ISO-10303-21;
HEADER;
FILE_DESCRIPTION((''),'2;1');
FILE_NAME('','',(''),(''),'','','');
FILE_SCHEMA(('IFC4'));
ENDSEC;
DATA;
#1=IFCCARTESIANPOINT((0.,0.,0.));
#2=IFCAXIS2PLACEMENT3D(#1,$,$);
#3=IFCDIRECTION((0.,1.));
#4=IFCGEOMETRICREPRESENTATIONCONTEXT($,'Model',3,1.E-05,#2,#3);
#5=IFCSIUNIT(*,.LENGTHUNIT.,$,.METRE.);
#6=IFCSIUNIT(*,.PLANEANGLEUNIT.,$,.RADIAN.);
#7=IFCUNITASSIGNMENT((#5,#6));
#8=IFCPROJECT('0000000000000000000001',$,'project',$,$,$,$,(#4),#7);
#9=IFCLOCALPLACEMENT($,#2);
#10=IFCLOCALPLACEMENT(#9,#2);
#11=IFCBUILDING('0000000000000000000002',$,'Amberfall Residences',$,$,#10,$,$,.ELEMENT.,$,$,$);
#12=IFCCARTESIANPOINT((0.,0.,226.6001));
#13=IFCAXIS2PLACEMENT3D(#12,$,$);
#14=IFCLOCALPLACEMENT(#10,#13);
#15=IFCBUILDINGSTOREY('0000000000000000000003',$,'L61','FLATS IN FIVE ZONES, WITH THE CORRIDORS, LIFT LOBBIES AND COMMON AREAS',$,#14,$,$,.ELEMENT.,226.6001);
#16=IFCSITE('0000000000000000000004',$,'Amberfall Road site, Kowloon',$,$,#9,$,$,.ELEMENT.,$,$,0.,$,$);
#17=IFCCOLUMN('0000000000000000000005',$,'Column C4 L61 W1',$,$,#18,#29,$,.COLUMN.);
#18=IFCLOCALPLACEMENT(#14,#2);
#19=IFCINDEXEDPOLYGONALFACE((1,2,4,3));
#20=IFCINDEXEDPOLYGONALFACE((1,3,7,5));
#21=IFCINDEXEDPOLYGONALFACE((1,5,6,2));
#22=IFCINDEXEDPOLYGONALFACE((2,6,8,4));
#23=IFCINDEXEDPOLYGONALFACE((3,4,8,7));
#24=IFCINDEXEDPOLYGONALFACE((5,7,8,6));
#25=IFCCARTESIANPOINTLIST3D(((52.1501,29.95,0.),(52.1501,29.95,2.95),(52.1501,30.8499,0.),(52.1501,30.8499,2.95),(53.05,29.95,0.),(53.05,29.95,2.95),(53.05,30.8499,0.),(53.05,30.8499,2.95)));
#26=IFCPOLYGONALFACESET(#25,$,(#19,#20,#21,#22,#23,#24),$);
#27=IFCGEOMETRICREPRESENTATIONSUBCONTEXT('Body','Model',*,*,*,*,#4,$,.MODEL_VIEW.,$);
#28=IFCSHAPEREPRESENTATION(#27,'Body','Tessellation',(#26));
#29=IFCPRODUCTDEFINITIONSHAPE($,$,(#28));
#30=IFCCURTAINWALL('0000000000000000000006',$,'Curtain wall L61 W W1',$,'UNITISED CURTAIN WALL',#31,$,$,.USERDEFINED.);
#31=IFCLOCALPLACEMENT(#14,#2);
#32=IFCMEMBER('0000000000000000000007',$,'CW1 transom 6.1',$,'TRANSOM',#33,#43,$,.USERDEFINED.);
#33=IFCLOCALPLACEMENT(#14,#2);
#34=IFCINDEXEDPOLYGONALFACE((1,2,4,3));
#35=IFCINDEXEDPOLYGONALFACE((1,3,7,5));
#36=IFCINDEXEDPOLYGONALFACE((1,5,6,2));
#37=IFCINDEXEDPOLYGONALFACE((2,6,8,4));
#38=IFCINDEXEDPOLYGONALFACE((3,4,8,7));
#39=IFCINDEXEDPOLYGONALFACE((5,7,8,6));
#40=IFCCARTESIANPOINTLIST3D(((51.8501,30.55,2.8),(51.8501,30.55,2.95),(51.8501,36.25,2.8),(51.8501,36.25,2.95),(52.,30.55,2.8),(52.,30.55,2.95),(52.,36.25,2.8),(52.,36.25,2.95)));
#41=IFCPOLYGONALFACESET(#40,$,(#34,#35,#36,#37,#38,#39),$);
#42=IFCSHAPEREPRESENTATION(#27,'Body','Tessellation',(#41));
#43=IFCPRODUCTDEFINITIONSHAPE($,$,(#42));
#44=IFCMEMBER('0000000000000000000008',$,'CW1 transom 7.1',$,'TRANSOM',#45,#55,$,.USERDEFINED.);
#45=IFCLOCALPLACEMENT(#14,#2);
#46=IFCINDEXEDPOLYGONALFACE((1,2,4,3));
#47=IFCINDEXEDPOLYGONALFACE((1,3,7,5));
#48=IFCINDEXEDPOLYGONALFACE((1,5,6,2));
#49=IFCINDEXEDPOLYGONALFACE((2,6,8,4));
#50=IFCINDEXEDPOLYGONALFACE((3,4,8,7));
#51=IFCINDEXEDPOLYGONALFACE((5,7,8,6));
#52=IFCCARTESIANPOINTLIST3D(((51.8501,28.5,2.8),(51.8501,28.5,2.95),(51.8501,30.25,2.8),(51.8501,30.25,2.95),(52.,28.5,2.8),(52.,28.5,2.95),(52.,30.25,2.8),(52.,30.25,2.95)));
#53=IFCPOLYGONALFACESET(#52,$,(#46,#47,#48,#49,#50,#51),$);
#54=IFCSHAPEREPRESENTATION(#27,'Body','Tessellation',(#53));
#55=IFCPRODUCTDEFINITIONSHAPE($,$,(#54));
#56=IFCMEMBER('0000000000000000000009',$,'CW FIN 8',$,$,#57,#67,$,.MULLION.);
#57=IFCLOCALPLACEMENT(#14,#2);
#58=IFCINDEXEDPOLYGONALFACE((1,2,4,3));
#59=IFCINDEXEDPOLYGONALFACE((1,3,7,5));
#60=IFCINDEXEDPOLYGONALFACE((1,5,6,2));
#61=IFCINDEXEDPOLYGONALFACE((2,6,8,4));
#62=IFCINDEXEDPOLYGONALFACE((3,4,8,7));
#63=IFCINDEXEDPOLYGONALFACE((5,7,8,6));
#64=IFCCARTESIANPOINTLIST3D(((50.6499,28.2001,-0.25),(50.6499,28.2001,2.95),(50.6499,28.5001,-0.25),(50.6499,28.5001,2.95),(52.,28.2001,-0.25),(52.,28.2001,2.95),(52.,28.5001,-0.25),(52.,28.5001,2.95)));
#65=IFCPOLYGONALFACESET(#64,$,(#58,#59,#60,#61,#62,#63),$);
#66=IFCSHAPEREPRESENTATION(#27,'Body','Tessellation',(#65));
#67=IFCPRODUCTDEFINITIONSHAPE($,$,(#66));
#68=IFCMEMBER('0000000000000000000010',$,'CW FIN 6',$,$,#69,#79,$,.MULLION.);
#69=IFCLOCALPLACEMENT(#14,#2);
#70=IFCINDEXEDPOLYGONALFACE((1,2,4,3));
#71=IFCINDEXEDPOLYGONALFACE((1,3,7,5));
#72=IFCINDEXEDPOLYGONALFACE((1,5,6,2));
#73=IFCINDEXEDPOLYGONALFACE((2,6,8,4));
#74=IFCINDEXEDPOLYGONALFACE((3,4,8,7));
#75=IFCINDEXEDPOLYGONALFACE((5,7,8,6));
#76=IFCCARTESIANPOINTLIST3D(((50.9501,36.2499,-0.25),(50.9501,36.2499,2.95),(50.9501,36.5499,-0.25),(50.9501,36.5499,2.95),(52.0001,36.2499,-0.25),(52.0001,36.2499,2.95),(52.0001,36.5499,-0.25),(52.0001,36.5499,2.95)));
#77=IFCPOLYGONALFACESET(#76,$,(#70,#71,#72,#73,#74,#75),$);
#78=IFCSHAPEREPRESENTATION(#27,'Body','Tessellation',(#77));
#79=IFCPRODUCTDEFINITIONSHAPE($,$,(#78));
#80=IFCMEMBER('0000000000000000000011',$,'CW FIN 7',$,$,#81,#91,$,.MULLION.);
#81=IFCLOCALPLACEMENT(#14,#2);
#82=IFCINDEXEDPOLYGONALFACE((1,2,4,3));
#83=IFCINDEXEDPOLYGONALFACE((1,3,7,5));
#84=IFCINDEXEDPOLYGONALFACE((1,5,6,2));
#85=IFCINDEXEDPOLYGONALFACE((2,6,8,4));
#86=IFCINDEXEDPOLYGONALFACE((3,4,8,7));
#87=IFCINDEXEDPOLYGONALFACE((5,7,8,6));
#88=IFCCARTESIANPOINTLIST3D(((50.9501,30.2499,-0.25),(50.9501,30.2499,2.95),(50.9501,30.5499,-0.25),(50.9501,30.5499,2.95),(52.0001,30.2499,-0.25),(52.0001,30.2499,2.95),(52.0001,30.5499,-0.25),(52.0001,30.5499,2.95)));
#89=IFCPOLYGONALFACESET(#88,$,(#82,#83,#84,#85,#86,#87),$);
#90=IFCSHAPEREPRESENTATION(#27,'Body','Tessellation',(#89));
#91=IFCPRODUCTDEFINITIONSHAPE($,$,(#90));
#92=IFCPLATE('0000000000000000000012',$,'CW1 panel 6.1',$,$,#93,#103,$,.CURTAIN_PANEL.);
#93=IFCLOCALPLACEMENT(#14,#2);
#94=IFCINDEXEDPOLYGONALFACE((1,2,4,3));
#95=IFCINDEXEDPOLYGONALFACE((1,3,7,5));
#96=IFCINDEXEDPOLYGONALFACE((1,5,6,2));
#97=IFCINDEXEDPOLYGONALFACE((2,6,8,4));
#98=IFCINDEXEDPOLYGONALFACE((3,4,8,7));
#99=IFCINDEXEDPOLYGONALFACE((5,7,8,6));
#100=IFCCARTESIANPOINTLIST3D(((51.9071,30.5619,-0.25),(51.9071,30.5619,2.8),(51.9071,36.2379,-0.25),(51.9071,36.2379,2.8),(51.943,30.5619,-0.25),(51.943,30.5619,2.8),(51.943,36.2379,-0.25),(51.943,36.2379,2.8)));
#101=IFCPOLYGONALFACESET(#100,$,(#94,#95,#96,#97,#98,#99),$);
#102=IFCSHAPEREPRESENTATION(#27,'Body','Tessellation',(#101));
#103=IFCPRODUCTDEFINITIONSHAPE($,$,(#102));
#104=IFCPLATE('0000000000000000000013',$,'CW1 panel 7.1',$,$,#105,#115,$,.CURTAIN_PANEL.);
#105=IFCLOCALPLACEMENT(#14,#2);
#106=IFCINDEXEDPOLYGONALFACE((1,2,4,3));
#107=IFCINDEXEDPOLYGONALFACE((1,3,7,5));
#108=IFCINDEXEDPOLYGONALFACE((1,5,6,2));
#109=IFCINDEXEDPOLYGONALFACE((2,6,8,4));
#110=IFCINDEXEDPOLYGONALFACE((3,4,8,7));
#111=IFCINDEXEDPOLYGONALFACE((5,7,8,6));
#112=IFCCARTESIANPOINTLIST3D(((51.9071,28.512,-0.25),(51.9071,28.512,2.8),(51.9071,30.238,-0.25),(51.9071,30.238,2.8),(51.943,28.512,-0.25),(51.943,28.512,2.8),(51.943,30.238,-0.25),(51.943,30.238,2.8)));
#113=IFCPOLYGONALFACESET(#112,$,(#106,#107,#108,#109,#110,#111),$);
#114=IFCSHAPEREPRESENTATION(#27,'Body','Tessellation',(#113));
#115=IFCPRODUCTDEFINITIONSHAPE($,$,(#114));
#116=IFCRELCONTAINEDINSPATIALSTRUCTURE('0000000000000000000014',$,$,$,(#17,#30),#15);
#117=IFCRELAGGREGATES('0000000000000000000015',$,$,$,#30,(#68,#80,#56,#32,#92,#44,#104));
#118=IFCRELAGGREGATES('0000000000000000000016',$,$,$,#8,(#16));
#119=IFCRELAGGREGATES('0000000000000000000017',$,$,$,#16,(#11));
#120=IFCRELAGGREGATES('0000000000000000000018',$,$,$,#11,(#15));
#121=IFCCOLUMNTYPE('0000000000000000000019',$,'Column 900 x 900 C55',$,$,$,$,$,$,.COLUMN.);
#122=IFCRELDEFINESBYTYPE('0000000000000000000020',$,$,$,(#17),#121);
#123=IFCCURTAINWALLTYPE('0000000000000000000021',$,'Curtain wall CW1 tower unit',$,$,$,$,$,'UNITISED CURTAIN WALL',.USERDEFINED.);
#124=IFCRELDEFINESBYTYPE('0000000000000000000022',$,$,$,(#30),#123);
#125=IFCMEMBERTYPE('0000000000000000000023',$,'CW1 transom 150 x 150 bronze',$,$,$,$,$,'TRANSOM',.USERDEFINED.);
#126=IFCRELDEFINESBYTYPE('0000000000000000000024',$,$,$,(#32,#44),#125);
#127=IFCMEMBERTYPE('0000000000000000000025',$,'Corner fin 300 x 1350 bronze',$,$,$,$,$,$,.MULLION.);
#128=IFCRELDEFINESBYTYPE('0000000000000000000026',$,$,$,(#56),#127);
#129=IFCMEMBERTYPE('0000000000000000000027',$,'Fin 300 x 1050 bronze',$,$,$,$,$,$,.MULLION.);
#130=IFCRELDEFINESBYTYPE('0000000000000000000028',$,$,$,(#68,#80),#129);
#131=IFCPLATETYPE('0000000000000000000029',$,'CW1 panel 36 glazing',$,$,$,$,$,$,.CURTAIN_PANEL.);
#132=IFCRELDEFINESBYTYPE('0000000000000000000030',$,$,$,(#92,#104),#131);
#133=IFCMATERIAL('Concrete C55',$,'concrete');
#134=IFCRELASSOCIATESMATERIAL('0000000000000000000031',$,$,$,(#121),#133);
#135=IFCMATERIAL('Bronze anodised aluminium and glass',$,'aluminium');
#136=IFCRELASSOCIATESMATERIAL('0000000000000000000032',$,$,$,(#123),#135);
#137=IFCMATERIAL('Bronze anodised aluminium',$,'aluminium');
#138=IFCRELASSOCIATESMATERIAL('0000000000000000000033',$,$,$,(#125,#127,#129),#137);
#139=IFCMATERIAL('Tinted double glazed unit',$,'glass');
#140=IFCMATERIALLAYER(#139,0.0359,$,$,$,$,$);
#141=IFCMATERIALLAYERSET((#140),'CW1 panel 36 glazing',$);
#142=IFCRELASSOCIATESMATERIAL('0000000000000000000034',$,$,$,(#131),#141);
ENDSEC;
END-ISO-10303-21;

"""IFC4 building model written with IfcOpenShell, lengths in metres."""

from ifc_helpers import new_model, si_unit, direction, frame, origin, origin_2d, place, context, subcontext, project, spatial, rectangle, extrude, material, layer, layer_set, material_profile, profile_set, type_object, element, aggregate, save


model = new_model("IFC4")

# Units and contexts
model_context = context("Model", 3, precision=1e-05, world=origin(), true_north=direction((0.0, 1.0)))
body_context = subcontext(model_context, "Body", "Model", "MODEL_VIEW")
ifc_project = project(units=[si_unit("LENGTHUNIT", "METRE"), si_unit("PLANEANGLEUNIT", "RADIAN")], contexts=[model_context])

# Site, building, storey
site_placement = place(None, origin())
site = spatial("IfcSite", under=ifc_project, at=site_placement, Name="Amberfall Road site, Kowloon", CompositionType="ELEMENT", RefElevation=0.0)
building_placement = place(site_placement, origin())
building = spatial("IfcBuilding", under=site, at=building_placement, Name="Amberfall Residences", CompositionType="ELEMENT")
storey_placement = place(building_placement, frame((0.0, 0.0, 226.6001)))
storey = spatial("IfcBuildingStorey", under=building, at=storey_placement, Name="L61", Description="FLATS IN FIVE ZONES, WITH THE CORRIDORS, LIFT LOBBIES AND COMMON AREAS", CompositionType="ELEMENT", Elevation=226.6001)

# Column
ifc_material_1 = material(Name="Concrete C55", Category="concrete")
ifc_material_profile_1 = material_profile(ifc_material_1, rectangle(XDim=0.8999, YDim=0.8999, at=origin_2d()), Name="Column 900 x 900 C55")
ifc_profile_set_1 = profile_set([ifc_material_profile_1], Name="Concrete C55")
column_type = type_object("IfcColumnType", Name="Column 900 x 900 C55", PredefinedType="COLUMN", material=ifc_profile_set_1)
column_placement = place(storey_placement, frame((52.6001, 30.3999, 0.0), z_axis=(0.0, 0.0, 1.0), x_axis=(1.0, 0.0, 0.0)))
element("IfcColumn", 1, at=column_placement, inside=storey, type_object=column_type, Name="Column C4 L61 W1", PredefinedType="COLUMN", context=body_context, shape_type="SweptSolid", body=[
    extrude(rectangle(XDim=0.8999, YDim=0.8999, at=origin_2d()), origin(), (0.0, 0.0, 1.0), 2.95),
])

# Curtain wall, members, plates
ifc_material_2 = material(Name="Bronze anodised aluminium and glass", Category="aluminium")
curtain_wall_type = type_object("IfcCurtainWallType", Name="Curtain wall CW1 tower unit", ElementType="UNITISED CURTAIN WALL", PredefinedType="USERDEFINED", material=ifc_material_2)
curtain_wall_placement = place(storey_placement, origin())
curtain_wall = element("IfcCurtainWall", 2, at=curtain_wall_placement, inside=storey, type_object=curtain_wall_type, Name="Curtain wall L61 W W1", ObjectType="UNITISED CURTAIN WALL", PredefinedType="USERDEFINED")
ifc_material_3 = material(Name="Bronze anodised aluminium", Category="aluminium")
ifc_material_profile_2 = material_profile(ifc_material_3, rectangle(XDim=0.1499, YDim=0.1499, at=origin_2d()), Name="CW1 transom 150 x 150 bronze")
ifc_profile_set_2 = profile_set([ifc_material_profile_2], Name="Bronze anodised aluminium")
member_type_1 = type_object("IfcMemberType", Name="CW1 transom 150 x 150 bronze", ElementType="TRANSOM", PredefinedType="USERDEFINED", material=ifc_profile_set_2)
member_1_placement = place(storey_placement, frame((51.925, 36.25, 2.875), z_axis=(0.0, -1.0, 0.0), x_axis=(1.0, 0.0, 0.0)))
member_1 = element("IfcMember", 3, at=member_1_placement, type_object=member_type_1, Name="CW1 transom 6.1", ObjectType="TRANSOM", PredefinedType="USERDEFINED", context=body_context, shape_type="SweptSolid", body=[
    extrude(rectangle(XDim=0.1499, YDim=0.1499, at=origin_2d()), origin(), (0.0, 0.0, 1.0), 5.7),
])
member_2_placement = place(storey_placement, frame((51.925, 30.25, 2.875), z_axis=(0.0, -1.0, 0.0), x_axis=(1.0, 0.0, 0.0)))
member_2 = element("IfcMember", 4, at=member_2_placement, type_object=member_type_1, Name="CW1 transom 7.1", ObjectType="TRANSOM", PredefinedType="USERDEFINED", context=body_context, shape_type="SweptSolid", body=[
    extrude(rectangle(XDim=0.1499, YDim=0.1499, at=origin_2d()), origin(), (0.0, 0.0, 1.0), 1.75),
])
ifc_material_profile_3 = material_profile(ifc_material_3, rectangle(XDim=1.3501, YDim=0.3, at=origin_2d()), Name="Corner fin 300 x 1350 bronze")
ifc_profile_set_3 = profile_set([ifc_material_profile_3], Name="Bronze anodised aluminium")
member_type_2 = type_object("IfcMemberType", Name="Corner fin 300 x 1350 bronze", PredefinedType="MULLION", material=ifc_profile_set_3)
member_3_placement = place(storey_placement, frame((51.325, 28.3501, -0.25), z_axis=(0.0, 0.0, 1.0), x_axis=(1.0, 0.0, 0.0)))
member_3 = element("IfcMember", 5, at=member_3_placement, type_object=member_type_2, Name="CW FIN 8", PredefinedType="MULLION", context=body_context, shape_type="SweptSolid", body=[
    extrude(rectangle(XDim=1.3501, YDim=0.3, at=origin_2d()), origin(), (0.0, 0.0, 1.0), 3.2),
])
ifc_material_profile_4 = material_profile(ifc_material_3, rectangle(XDim=1.05, YDim=0.3, at=origin_2d()), Name="Fin 300 x 1050 bronze")
ifc_profile_set_4 = profile_set([ifc_material_profile_4], Name="Bronze anodised aluminium")
member_type_3 = type_object("IfcMemberType", Name="Fin 300 x 1050 bronze", PredefinedType="MULLION", material=ifc_profile_set_4)
member_4_placement = place(storey_placement, frame((51.4751, 36.3999, -0.25), z_axis=(0.0, 0.0, 1.0), x_axis=(1.0, 0.0, 0.0)))
member_4 = element("IfcMember", 6, at=member_4_placement, type_object=member_type_3, Name="CW FIN 6", PredefinedType="MULLION", context=body_context, shape_type="SweptSolid", body=[
    extrude(rectangle(XDim=1.05, YDim=0.3, at=origin_2d()), origin(), (0.0, 0.0, 1.0), 3.2),
])
member_5_placement = place(storey_placement, frame((51.4751, 30.3999, -0.25), z_axis=(0.0, 0.0, 1.0), x_axis=(1.0, 0.0, 0.0)))
member_5 = element("IfcMember", 7, at=member_5_placement, type_object=member_type_3, Name="CW FIN 7", PredefinedType="MULLION", context=body_context, shape_type="SweptSolid", body=[
    extrude(rectangle(XDim=1.05, YDim=0.3, at=origin_2d()), origin(), (0.0, 0.0, 1.0), 3.2),
])
ifc_material_4 = material(Name="Tinted double glazed unit", Category="glass")
ifc_layer_1 = layer(ifc_material_4, 0.0359)
ifc_layer_set_1 = layer_set([ifc_layer_1], Name="CW1 panel 36 glazing")
plate_type = type_object("IfcPlateType", Name="CW1 panel 36 glazing", PredefinedType="CURTAIN_PANEL", material=ifc_layer_set_1)
plate_1_placement = place(storey_placement, frame((51.925, 33.3999, -0.25), z_axis=(0.0, 0.0, 1.0), x_axis=(0.0, -1.0, 0.0)))
plate_1 = element("IfcPlate", 8, at=plate_1_placement, type_object=plate_type, Name="CW1 panel 6.1", PredefinedType="CURTAIN_PANEL", context=body_context, shape_type="SweptSolid", body=[
    extrude(rectangle(XDim=5.676, YDim=0.0359, at=origin_2d()), origin(), (0.0, 0.0, 1.0), 3.05),
])
plate_2_placement = place(storey_placement, frame((51.925, 29.375, -0.25), z_axis=(0.0, 0.0, 1.0), x_axis=(0.0, -1.0, 0.0)))
plate_2 = element("IfcPlate", 9, at=plate_2_placement, type_object=plate_type, Name="CW1 panel 7.1", PredefinedType="CURTAIN_PANEL", context=body_context, shape_type="SweptSolid", body=[
    extrude(rectangle(XDim=1.7261, YDim=0.0359, at=origin_2d()), origin(), (0.0, 0.0, 1.0), 3.05),
])
aggregate(curtain_wall, [member_4, member_5, member_3, member_1, plate_1, member_2, plate_2])

save(model, "model.ifc")
